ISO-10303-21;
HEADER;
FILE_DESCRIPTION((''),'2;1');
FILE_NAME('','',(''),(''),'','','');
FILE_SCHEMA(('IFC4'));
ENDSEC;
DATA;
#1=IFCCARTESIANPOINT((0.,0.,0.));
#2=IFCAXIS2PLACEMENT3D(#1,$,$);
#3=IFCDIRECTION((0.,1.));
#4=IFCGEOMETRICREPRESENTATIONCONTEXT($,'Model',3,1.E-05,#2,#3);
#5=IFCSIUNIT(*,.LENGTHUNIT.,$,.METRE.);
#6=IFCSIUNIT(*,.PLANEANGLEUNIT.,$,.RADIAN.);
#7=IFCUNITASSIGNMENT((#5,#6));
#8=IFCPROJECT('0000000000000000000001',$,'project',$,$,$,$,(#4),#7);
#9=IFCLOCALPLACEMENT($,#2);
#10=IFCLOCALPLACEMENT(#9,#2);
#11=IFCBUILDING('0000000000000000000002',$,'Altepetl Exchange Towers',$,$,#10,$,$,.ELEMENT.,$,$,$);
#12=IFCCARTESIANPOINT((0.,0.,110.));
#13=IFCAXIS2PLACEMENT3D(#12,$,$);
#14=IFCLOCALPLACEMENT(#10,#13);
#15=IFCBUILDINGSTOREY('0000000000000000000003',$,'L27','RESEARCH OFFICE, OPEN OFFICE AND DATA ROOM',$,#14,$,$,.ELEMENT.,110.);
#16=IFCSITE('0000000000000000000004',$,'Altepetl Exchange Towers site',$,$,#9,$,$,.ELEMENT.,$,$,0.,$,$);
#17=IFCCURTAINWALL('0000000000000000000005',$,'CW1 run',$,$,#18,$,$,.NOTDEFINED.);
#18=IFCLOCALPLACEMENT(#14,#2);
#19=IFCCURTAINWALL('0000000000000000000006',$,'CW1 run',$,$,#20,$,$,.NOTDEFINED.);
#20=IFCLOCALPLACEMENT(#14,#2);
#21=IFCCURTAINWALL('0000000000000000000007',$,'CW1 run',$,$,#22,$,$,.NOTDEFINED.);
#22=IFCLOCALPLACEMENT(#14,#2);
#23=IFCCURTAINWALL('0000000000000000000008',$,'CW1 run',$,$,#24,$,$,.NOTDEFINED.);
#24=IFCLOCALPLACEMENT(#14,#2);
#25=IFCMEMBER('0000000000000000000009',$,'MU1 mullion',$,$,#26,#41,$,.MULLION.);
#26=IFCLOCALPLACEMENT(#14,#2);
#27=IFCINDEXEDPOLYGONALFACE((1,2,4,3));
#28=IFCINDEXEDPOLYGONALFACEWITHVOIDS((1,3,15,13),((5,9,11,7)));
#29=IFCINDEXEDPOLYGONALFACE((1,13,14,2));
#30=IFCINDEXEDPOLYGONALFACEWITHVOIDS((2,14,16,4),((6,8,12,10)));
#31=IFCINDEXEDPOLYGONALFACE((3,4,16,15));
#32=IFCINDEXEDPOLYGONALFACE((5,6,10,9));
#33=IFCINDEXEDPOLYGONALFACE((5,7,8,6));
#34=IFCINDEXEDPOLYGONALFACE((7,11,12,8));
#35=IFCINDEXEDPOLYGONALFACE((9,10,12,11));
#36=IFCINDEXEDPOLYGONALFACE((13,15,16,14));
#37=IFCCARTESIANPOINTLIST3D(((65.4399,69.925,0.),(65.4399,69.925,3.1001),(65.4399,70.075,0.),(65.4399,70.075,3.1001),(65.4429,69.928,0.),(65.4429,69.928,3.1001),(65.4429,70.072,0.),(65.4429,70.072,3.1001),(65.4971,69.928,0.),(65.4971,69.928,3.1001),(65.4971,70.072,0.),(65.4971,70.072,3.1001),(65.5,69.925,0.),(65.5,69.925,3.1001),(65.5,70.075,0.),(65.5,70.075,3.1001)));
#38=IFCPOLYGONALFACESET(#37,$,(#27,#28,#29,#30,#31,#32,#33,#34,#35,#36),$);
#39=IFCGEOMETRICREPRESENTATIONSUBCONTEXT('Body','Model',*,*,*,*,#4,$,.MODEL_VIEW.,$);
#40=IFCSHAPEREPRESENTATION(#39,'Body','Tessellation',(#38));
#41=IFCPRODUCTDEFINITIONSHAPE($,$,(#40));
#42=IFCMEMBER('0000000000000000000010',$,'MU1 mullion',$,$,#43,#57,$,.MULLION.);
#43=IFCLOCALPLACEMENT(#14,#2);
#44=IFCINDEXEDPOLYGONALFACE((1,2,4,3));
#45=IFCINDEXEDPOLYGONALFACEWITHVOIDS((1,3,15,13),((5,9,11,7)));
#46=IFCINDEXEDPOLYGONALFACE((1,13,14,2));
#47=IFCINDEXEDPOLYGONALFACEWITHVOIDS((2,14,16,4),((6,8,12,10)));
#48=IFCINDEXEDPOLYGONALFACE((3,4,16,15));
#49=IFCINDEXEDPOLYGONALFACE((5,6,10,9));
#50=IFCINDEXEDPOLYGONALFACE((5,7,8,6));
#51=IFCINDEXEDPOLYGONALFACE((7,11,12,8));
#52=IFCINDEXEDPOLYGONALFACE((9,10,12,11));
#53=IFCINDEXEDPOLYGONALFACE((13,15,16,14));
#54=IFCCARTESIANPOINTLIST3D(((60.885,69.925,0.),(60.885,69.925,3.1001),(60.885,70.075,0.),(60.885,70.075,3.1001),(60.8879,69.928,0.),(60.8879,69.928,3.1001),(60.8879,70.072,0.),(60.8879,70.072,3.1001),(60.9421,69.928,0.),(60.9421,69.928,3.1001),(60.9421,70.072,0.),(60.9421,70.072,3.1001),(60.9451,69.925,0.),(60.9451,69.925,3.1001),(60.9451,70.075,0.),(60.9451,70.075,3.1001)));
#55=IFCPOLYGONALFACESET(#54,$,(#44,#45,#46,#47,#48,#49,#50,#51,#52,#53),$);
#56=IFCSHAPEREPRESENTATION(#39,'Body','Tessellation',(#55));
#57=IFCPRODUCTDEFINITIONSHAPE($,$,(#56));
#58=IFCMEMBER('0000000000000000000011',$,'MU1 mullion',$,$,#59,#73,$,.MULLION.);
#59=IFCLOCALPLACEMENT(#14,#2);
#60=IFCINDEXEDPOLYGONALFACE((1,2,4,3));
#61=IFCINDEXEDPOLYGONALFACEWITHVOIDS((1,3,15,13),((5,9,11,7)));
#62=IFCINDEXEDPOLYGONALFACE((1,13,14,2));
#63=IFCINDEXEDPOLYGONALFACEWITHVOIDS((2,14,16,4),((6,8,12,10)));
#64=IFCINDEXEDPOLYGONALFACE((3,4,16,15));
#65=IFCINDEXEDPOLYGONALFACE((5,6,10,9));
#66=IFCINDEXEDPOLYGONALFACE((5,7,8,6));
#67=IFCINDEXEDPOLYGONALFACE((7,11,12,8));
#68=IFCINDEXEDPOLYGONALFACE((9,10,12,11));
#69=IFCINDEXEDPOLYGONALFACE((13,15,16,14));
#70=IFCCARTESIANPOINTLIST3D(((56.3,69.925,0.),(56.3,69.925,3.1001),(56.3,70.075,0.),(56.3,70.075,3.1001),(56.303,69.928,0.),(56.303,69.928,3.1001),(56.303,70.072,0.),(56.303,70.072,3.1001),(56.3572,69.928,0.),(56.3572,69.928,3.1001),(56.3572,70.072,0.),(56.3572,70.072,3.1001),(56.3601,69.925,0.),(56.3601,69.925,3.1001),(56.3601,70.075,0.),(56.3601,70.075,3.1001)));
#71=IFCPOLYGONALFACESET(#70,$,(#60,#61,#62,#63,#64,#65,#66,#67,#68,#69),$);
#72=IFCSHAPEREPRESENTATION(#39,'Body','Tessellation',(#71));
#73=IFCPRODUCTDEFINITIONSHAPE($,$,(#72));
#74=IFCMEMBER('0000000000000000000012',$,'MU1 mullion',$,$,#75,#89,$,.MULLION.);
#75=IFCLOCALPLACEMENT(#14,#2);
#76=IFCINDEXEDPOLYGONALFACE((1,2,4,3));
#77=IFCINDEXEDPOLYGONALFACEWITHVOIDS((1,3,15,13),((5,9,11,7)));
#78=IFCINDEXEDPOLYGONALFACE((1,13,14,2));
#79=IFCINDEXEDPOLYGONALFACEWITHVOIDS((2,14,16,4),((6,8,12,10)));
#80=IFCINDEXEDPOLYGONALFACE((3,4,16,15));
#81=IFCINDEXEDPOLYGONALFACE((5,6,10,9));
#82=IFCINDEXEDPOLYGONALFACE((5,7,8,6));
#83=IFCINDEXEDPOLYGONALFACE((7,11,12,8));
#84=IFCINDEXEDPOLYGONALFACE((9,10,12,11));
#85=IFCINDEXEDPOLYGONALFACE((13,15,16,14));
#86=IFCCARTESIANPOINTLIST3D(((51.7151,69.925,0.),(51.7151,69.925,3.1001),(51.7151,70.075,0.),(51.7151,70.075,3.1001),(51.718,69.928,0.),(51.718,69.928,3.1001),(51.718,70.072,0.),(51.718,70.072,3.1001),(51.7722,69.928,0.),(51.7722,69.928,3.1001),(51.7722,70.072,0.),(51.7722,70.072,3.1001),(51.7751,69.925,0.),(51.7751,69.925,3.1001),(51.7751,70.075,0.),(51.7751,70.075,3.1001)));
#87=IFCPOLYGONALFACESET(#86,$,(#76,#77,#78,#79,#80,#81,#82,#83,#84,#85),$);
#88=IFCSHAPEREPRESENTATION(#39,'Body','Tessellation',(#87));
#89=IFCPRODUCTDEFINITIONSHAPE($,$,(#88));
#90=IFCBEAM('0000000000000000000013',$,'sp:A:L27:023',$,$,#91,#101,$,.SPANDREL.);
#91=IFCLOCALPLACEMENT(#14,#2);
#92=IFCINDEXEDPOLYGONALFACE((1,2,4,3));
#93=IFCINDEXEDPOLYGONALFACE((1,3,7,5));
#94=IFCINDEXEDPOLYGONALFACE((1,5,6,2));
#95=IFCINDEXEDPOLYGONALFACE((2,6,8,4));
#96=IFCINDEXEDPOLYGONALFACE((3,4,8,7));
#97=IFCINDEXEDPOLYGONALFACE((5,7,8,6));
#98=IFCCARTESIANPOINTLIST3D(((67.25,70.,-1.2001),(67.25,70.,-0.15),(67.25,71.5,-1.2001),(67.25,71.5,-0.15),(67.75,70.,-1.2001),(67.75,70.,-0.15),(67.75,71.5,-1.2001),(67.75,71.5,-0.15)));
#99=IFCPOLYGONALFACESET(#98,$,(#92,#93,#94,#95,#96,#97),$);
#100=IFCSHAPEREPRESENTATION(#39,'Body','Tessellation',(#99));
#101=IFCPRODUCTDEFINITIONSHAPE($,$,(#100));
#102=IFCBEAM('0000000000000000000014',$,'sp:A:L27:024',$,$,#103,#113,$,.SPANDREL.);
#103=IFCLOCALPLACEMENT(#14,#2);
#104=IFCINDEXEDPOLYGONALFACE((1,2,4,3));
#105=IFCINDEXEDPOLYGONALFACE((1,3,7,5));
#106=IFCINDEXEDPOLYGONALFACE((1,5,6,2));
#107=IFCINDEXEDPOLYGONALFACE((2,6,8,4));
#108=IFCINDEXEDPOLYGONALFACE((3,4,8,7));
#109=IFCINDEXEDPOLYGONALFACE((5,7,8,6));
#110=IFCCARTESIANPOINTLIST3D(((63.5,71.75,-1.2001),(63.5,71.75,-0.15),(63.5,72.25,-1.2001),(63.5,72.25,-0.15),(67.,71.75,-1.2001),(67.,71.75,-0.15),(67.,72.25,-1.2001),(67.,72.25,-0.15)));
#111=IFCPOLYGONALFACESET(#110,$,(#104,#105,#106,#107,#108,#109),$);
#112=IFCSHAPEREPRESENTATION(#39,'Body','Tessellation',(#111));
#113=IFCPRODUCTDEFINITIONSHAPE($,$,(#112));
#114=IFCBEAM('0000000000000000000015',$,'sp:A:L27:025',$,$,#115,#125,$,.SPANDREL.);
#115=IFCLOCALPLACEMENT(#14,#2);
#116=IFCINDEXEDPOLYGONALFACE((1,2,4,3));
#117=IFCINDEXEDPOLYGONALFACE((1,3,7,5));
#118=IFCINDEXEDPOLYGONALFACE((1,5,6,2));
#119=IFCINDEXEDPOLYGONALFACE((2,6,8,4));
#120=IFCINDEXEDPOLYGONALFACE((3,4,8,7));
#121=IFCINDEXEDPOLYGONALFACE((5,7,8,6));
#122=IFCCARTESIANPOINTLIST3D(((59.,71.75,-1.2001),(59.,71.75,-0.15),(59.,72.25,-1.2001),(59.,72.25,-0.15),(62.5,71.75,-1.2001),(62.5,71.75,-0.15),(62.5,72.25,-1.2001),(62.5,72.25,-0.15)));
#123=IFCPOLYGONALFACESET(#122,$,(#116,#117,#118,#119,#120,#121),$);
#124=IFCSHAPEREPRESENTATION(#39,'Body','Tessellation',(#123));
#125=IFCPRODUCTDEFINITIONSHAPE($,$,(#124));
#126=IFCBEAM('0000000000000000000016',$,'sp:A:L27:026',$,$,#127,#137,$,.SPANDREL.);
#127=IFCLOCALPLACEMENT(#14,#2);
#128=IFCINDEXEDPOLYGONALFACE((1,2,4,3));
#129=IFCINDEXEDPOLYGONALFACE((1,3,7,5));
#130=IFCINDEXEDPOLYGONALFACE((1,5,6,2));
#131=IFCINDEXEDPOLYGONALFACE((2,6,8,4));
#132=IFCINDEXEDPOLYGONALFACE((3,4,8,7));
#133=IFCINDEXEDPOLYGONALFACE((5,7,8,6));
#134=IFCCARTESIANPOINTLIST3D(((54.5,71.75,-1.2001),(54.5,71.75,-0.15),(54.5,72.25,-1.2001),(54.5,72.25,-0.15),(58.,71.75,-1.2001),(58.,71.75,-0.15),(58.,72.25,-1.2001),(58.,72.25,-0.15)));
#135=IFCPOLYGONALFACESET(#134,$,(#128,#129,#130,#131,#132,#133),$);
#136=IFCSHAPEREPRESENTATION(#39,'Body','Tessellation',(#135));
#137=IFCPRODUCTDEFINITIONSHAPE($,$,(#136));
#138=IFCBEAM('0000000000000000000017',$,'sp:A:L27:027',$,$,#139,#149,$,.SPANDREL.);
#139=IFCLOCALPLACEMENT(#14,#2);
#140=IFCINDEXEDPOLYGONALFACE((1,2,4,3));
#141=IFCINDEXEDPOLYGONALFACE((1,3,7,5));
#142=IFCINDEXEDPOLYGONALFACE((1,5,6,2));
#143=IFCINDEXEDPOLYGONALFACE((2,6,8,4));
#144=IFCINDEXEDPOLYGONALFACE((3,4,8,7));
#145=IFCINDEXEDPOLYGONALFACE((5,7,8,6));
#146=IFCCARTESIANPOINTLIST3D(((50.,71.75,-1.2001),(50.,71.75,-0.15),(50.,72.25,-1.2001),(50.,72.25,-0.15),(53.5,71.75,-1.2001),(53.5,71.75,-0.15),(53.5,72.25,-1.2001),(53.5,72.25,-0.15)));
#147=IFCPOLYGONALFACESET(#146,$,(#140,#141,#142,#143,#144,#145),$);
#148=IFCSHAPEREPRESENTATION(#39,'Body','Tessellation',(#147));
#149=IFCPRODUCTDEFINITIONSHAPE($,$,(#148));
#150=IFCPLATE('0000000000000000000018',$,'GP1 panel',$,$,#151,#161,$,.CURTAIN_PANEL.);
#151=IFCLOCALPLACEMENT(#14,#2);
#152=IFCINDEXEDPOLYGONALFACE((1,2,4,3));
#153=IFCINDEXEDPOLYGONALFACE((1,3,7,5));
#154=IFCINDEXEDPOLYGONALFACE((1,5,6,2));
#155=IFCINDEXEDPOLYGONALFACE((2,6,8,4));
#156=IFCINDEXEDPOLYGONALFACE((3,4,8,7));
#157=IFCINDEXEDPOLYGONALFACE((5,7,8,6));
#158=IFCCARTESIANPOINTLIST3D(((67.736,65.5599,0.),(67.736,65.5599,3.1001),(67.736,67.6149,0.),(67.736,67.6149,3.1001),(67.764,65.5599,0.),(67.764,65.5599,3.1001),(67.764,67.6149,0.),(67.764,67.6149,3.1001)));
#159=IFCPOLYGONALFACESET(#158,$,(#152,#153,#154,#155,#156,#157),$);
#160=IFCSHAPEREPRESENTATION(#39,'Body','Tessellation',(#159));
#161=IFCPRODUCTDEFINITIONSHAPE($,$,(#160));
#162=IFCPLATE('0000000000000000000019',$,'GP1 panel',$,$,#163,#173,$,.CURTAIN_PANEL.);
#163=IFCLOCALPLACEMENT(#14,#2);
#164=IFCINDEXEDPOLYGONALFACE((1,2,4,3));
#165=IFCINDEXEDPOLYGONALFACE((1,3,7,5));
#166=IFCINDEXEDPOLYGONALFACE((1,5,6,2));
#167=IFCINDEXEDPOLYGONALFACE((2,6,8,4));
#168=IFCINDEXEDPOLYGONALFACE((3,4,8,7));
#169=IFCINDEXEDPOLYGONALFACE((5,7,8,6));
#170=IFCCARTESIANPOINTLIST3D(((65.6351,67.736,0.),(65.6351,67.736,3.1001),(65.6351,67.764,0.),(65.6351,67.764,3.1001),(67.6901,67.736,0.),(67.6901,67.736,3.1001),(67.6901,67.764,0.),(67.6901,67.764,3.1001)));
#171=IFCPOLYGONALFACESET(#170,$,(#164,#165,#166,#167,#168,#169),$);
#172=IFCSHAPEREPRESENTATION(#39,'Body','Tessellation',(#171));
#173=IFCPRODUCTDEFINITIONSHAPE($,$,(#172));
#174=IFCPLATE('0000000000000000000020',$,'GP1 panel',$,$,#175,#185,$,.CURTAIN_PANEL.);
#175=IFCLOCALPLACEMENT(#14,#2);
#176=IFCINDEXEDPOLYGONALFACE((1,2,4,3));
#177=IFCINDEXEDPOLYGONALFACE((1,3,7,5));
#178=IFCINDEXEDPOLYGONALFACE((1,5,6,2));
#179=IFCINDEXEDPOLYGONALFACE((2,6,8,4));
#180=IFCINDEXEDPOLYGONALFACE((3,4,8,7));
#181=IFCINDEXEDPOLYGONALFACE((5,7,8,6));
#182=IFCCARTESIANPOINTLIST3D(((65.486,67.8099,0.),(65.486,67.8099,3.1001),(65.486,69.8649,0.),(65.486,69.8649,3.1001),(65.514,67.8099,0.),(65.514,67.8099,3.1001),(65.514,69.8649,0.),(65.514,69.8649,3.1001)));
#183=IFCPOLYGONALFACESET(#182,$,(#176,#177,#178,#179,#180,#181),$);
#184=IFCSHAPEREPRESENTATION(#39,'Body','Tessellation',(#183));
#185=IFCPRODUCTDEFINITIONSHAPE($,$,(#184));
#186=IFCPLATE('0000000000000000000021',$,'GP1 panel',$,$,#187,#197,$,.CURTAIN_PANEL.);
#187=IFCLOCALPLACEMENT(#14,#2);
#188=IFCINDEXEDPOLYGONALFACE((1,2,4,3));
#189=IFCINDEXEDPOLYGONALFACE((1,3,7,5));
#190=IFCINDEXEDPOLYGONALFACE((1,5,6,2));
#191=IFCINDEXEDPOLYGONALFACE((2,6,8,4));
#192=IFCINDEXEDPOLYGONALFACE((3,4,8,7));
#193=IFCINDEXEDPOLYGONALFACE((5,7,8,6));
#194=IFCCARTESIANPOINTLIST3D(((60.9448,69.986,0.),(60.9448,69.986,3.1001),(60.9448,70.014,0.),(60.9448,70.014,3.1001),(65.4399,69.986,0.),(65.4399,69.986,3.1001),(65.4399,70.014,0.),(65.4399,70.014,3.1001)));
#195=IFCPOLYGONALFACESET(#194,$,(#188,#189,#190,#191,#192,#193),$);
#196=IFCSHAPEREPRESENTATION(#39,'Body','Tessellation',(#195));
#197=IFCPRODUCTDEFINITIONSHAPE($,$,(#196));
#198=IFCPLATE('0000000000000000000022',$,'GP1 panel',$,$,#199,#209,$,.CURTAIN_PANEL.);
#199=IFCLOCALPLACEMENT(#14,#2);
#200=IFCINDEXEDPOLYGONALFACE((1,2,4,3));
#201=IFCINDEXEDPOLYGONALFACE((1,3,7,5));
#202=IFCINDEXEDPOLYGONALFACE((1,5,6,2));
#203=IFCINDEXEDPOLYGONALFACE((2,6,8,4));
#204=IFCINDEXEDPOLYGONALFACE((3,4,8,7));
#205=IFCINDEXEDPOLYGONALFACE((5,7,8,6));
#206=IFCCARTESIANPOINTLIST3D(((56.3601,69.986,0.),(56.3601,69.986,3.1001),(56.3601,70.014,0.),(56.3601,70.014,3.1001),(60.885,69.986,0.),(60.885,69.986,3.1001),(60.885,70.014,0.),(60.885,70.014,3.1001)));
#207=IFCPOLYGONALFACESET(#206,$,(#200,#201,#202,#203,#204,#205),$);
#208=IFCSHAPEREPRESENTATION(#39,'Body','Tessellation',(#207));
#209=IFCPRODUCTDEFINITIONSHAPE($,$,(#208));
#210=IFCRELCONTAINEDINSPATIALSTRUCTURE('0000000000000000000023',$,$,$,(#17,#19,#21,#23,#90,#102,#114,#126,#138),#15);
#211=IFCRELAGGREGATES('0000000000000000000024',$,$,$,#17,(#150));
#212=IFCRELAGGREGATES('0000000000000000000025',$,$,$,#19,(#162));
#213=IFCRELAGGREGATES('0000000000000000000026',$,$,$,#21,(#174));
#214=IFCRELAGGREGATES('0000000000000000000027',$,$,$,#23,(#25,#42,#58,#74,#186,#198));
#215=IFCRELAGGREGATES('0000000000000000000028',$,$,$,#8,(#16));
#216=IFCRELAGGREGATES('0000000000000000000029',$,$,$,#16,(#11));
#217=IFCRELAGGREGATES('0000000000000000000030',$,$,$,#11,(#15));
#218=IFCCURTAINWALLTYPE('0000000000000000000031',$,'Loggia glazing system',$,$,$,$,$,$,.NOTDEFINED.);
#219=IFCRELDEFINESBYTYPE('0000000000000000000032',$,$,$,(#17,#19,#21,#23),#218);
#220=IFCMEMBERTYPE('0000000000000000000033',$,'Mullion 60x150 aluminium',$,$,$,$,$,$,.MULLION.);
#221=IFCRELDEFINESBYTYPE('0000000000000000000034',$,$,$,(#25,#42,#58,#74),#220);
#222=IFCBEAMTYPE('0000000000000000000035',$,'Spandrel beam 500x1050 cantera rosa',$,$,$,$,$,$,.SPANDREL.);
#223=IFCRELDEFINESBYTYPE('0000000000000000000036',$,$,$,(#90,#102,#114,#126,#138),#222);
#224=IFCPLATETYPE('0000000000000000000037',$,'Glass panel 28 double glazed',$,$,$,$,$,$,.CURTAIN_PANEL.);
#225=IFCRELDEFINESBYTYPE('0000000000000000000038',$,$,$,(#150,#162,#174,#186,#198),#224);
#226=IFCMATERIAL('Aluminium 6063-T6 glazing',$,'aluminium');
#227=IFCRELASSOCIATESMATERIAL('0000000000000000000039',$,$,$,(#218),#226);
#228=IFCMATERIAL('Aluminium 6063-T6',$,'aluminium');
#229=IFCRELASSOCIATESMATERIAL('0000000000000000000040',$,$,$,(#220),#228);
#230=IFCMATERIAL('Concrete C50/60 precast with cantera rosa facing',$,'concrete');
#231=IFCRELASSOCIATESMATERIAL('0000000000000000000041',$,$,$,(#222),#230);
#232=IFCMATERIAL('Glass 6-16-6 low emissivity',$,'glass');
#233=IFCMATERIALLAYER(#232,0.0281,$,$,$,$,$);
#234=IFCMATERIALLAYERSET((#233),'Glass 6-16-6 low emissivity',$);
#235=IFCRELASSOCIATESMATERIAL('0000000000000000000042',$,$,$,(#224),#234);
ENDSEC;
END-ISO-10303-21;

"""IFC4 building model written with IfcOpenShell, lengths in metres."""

from ifc_helpers import new_model, si_unit, direction, frame, origin, origin_2d, place, context, subcontext, project, spatial, rectangle, hollow_rectangle, extrude, material, layer, layer_set, material_profile, profile_set, type_object, element, aggregate, save


model = new_model("IFC4")

# Units and contexts
model_context = context("Model", 3, precision=1e-05, world=origin(), true_north=direction((0.0, 1.0)))
body_context = subcontext(model_context, "Body", "Model", "MODEL_VIEW")
ifc_project = project(units=[si_unit("LENGTHUNIT", "METRE"), si_unit("PLANEANGLEUNIT", "RADIAN")], contexts=[model_context])

# Site, building, storey
site_placement = place(None, origin())
site = spatial("IfcSite", under=ifc_project, at=site_placement, Name="Altepetl Exchange Towers site", CompositionType="ELEMENT", RefElevation=0.0)
building_placement = place(site_placement, origin())
building = spatial("IfcBuilding", under=site, at=building_placement, Name="Altepetl Exchange Towers", CompositionType="ELEMENT")
storey_placement = place(building_placement, frame((0.0, 0.0, 110.0)))
storey = spatial("IfcBuildingStorey", under=building, at=storey_placement, Name="L27", Description="RESEARCH OFFICE, OPEN OFFICE AND DATA ROOM", CompositionType="ELEMENT", Elevation=110.0)

# Curtain walls, members
ifc_material_1 = material(Name="Aluminium 6063-T6 glazing", Category="aluminium")
curtain_wall_type = type_object("IfcCurtainWallType", Name="Loggia glazing system", PredefinedType="NOTDEFINED", material=ifc_material_1)
curtain_wall_1_placement = place(storey_placement, origin())
curtain_wall_1 = element("IfcCurtainWall", 1, at=curtain_wall_1_placement, inside=storey, type_object=curtain_wall_type, Name="CW1 run", PredefinedType="NOTDEFINED")
ifc_material_2 = material(Name="Aluminium 6063-T6", Category="aluminium")
ifc_material_profile_1 = material_profile(ifc_material_2, hollow_rectangle(XDim=0.0601, YDim=0.1499, WallThickness=0.0029, at=origin_2d()), Name="Mullion 60x150 aluminium")
ifc_profile_set_1 = profile_set([ifc_material_profile_1], Name="Aluminium 6063-T6")
member_type = type_object("IfcMemberType", Name="Mullion 60x150 aluminium", PredefinedType="MULLION", material=ifc_profile_set_1)
curtain_wall_2_placement = place(storey_placement, origin())
curtain_wall_2 = element("IfcCurtainWall", 2, at=curtain_wall_2_placement, inside=storey, type_object=curtain_wall_type, Name="CW1 run", PredefinedType="NOTDEFINED")
curtain_wall_3_placement = place(storey_placement, origin())
curtain_wall_3 = element("IfcCurtainWall", 3, at=curtain_wall_3_placement, inside=storey, type_object=curtain_wall_type, Name="CW1 run", PredefinedType="NOTDEFINED")
curtain_wall_4_placement = place(storey_placement, origin())
curtain_wall_4 = element("IfcCurtainWall", 4, at=curtain_wall_4_placement, inside=storey, type_object=curtain_wall_type, Name="CW1 run", PredefinedType="NOTDEFINED")
member_1_placement = place(storey_placement, frame((65.47, 70.0, 0.0), z_axis=(0.0, 0.0, 1.0), x_axis=(-1.0, 0.0, 0.0)))
member_1 = element("IfcMember", 5, at=member_1_placement, type_object=member_type, Name="MU1 mullion", PredefinedType="MULLION", context=body_context, shape_type="SweptSolid", body=[
    extrude(hollow_rectangle(XDim=0.0601, YDim=0.1499, WallThickness=0.0029, at=origin_2d()), origin(), (0.0, 0.0, 1.0), 3.1001),
])
member_2_placement = place(storey_placement, frame((60.915, 70.0, 0.0), z_axis=(0.0, 0.0, 1.0), x_axis=(-1.0, 0.0, 0.0)))
member_2 = element("IfcMember", 6, at=member_2_placement, type_object=member_type, Name="MU1 mullion", PredefinedType="MULLION", context=body_context, shape_type="SweptSolid", body=[
    extrude(hollow_rectangle(XDim=0.0601, YDim=0.1499, WallThickness=0.0029, at=origin_2d()), origin(), (0.0, 0.0, 1.0), 3.1001),
])
member_3_placement = place(storey_placement, frame((56.3301, 70.0, 0.0), z_axis=(0.0, 0.0, 1.0), x_axis=(-1.0, 0.0, 0.0)))
member_3 = element("IfcMember", 7, at=member_3_placement, type_object=member_type, Name="MU1 mullion", PredefinedType="MULLION", context=body_context, shape_type="SweptSolid", body=[
    extrude(hollow_rectangle(XDim=0.0601, YDim=0.1499, WallThickness=0.0029, at=origin_2d()), origin(), (0.0, 0.0, 1.0), 3.1001),
])
member_4_placement = place(storey_placement, frame((51.7451, 70.0, 0.0), z_axis=(0.0, 0.0, 1.0), x_axis=(-1.0, 0.0, 0.0)))
member_4 = element("IfcMember", 8, at=member_4_placement, type_object=member_type, Name="MU1 mullion", PredefinedType="MULLION", context=body_context, shape_type="SweptSolid", body=[
    extrude(hollow_rectangle(XDim=0.0601, YDim=0.1499, WallThickness=0.0029, at=origin_2d()), origin(), (0.0, 0.0, 1.0), 3.1001),
])

# Beams
ifc_material_3 = material(Name="Concrete C50/60 precast with cantera rosa facing", Category="concrete")
ifc_material_profile_2 = material_profile(ifc_material_3, rectangle(XDim=0.5, YDim=1.05, at=origin_2d()), Name="500 x 1050")
ifc_profile_set_2 = profile_set([ifc_material_profile_2], Name="Concrete C50/60 precast with cantera rosa facing")
beam_type_1 = type_object("IfcBeamType", Name="Spandrel beam 500x1050 cantera rosa", PredefinedType="SPANDREL", material=ifc_profile_set_2)
beam_1_placement = place(storey_placement, frame((67.5, 70.0, -0.675), z_axis=(0.0, 1.0, 0.0), x_axis=(-1.0, 0.0, 0.0)))
element("IfcBeam", 9, at=beam_1_placement, inside=storey, type_object=beam_type_1, Name="sp:A:L27:023", PredefinedType="SPANDREL", context=body_context, shape_type="SweptSolid", body=[
    extrude(rectangle(XDim=0.5, YDim=1.05, at=origin_2d()), origin(), (0.0, 0.0, 1.0), 1.5),
])
for number, where, z_axis, x_axis, name in (
    (10, (67.0, 72.0, -0.675), (-1.0, 0.0, 0.0), (0.0, -1.0, 0.0), "sp:A:L27:024"),
    (11, (62.5, 72.0, -0.675), (-1.0, 0.0, 0.0), (0.0, -1.0, 0.0), "sp:A:L27:025"),
    (12, (58.0, 72.0, -0.675), (-1.0, 0.0, 0.0), (0.0, -1.0, 0.0), "sp:A:L27:026"),
    (13, (53.5, 72.0, -0.675), (-1.0, 0.0, 0.0), (0.0, -1.0, 0.0), "sp:A:L27:027"),
):
    element("IfcBeam", number, at=place(storey_placement, frame(where, z_axis=z_axis, x_axis=x_axis)), inside=storey, type_object=beam_type_1, Name=name, PredefinedType="SPANDREL", context=body_context, shape_type="SweptSolid", body=[
        extrude(rectangle(XDim=0.5, YDim=1.05, at=origin_2d()), origin(), (0.0, 0.0, 1.0), 3.5),
    ])

# Plates
ifc_material_4 = material(Name="Glass 6-16-6 low emissivity", Category="glass")
ifc_layer_1 = layer(ifc_material_4, 0.0281)
ifc_layer_set_1 = layer_set([ifc_layer_1], Name="Glass 6-16-6 low emissivity")
plate_type = type_object("IfcPlateType", Name="Glass panel 28 double glazed", PredefinedType="CURTAIN_PANEL", material=ifc_layer_set_1)
plate_1_placement = place(storey_placement, frame((67.75, 66.5874, 0.0), z_axis=(0.0, 0.0, 1.0), x_axis=(0.0, 1.0, 0.0)))
plate_1 = element("IfcPlate", 14, at=plate_1_placement, type_object=plate_type, Name="GP1 panel", PredefinedType="CURTAIN_PANEL", context=body_context, shape_type="SweptSolid", body=[
    extrude(rectangle(XDim=2.0549, YDim=0.0281, at=origin_2d()), origin(), (0.0, 0.0, 1.0), 3.1001),
])
aggregate(curtain_wall_1, [plate_1])
plate_2_placement = place(storey_placement, frame((66.6626, 67.75, 0.0), z_axis=(0.0, 0.0, 1.0), x_axis=(-1.0, 0.0, 0.0)))
plate_2 = element("IfcPlate", 15, at=plate_2_placement, type_object=plate_type, Name="GP1 panel", PredefinedType="CURTAIN_PANEL", context=body_context, shape_type="SweptSolid", body=[
    extrude(rectangle(XDim=2.0549, YDim=0.0281, at=origin_2d()), origin(), (0.0, 0.0, 1.0), 3.1001),
])
aggregate(curtain_wall_2, [plate_2])
plate_3_placement = place(storey_placement, frame((65.5, 68.8374, 0.0), z_axis=(0.0, 0.0, 1.0), x_axis=(0.0, 1.0, 0.0)))
plate_3 = element("IfcPlate", 16, at=plate_3_placement, type_object=plate_type, Name="GP1 panel", PredefinedType="CURTAIN_PANEL", context=body_context, shape_type="SweptSolid", body=[
    extrude(rectangle(XDim=2.0549, YDim=0.0281, at=origin_2d()), origin(), (0.0, 0.0, 1.0), 3.1001),
])
aggregate(curtain_wall_3, [plate_3])
plate_4_placement = place(storey_placement, frame((63.1924, 70.0, 0.0), z_axis=(0.0, 0.0, 1.0), x_axis=(-1.0, 0.0, 0.0)))
plate_4 = element("IfcPlate", 17, at=plate_4_placement, type_object=plate_type, Name="GP1 panel", PredefinedType="CURTAIN_PANEL", context=body_context, shape_type="SweptSolid", body=[
    extrude(rectangle(XDim=4.4951, YDim=0.0281, at=origin_2d()), origin(), (0.0, 0.0, 1.0), 3.1001),
])
plate_5_placement = place(storey_placement, frame((58.6226, 70.0, 0.0), z_axis=(0.0, 0.0, 1.0), x_axis=(-1.0, 0.0, 0.0)))
plate_5 = element("IfcPlate", 18, at=plate_5_placement, type_object=plate_type, Name="GP1 panel", PredefinedType="CURTAIN_PANEL", context=body_context, shape_type="SweptSolid", body=[
    extrude(rectangle(XDim=4.5249, YDim=0.0281, at=origin_2d()), origin(), (0.0, 0.0, 1.0), 3.1001),
])
aggregate(curtain_wall_4, [member_1, member_2, member_3, member_4, plate_4, plate_5])

save(model, "model.ifc")
